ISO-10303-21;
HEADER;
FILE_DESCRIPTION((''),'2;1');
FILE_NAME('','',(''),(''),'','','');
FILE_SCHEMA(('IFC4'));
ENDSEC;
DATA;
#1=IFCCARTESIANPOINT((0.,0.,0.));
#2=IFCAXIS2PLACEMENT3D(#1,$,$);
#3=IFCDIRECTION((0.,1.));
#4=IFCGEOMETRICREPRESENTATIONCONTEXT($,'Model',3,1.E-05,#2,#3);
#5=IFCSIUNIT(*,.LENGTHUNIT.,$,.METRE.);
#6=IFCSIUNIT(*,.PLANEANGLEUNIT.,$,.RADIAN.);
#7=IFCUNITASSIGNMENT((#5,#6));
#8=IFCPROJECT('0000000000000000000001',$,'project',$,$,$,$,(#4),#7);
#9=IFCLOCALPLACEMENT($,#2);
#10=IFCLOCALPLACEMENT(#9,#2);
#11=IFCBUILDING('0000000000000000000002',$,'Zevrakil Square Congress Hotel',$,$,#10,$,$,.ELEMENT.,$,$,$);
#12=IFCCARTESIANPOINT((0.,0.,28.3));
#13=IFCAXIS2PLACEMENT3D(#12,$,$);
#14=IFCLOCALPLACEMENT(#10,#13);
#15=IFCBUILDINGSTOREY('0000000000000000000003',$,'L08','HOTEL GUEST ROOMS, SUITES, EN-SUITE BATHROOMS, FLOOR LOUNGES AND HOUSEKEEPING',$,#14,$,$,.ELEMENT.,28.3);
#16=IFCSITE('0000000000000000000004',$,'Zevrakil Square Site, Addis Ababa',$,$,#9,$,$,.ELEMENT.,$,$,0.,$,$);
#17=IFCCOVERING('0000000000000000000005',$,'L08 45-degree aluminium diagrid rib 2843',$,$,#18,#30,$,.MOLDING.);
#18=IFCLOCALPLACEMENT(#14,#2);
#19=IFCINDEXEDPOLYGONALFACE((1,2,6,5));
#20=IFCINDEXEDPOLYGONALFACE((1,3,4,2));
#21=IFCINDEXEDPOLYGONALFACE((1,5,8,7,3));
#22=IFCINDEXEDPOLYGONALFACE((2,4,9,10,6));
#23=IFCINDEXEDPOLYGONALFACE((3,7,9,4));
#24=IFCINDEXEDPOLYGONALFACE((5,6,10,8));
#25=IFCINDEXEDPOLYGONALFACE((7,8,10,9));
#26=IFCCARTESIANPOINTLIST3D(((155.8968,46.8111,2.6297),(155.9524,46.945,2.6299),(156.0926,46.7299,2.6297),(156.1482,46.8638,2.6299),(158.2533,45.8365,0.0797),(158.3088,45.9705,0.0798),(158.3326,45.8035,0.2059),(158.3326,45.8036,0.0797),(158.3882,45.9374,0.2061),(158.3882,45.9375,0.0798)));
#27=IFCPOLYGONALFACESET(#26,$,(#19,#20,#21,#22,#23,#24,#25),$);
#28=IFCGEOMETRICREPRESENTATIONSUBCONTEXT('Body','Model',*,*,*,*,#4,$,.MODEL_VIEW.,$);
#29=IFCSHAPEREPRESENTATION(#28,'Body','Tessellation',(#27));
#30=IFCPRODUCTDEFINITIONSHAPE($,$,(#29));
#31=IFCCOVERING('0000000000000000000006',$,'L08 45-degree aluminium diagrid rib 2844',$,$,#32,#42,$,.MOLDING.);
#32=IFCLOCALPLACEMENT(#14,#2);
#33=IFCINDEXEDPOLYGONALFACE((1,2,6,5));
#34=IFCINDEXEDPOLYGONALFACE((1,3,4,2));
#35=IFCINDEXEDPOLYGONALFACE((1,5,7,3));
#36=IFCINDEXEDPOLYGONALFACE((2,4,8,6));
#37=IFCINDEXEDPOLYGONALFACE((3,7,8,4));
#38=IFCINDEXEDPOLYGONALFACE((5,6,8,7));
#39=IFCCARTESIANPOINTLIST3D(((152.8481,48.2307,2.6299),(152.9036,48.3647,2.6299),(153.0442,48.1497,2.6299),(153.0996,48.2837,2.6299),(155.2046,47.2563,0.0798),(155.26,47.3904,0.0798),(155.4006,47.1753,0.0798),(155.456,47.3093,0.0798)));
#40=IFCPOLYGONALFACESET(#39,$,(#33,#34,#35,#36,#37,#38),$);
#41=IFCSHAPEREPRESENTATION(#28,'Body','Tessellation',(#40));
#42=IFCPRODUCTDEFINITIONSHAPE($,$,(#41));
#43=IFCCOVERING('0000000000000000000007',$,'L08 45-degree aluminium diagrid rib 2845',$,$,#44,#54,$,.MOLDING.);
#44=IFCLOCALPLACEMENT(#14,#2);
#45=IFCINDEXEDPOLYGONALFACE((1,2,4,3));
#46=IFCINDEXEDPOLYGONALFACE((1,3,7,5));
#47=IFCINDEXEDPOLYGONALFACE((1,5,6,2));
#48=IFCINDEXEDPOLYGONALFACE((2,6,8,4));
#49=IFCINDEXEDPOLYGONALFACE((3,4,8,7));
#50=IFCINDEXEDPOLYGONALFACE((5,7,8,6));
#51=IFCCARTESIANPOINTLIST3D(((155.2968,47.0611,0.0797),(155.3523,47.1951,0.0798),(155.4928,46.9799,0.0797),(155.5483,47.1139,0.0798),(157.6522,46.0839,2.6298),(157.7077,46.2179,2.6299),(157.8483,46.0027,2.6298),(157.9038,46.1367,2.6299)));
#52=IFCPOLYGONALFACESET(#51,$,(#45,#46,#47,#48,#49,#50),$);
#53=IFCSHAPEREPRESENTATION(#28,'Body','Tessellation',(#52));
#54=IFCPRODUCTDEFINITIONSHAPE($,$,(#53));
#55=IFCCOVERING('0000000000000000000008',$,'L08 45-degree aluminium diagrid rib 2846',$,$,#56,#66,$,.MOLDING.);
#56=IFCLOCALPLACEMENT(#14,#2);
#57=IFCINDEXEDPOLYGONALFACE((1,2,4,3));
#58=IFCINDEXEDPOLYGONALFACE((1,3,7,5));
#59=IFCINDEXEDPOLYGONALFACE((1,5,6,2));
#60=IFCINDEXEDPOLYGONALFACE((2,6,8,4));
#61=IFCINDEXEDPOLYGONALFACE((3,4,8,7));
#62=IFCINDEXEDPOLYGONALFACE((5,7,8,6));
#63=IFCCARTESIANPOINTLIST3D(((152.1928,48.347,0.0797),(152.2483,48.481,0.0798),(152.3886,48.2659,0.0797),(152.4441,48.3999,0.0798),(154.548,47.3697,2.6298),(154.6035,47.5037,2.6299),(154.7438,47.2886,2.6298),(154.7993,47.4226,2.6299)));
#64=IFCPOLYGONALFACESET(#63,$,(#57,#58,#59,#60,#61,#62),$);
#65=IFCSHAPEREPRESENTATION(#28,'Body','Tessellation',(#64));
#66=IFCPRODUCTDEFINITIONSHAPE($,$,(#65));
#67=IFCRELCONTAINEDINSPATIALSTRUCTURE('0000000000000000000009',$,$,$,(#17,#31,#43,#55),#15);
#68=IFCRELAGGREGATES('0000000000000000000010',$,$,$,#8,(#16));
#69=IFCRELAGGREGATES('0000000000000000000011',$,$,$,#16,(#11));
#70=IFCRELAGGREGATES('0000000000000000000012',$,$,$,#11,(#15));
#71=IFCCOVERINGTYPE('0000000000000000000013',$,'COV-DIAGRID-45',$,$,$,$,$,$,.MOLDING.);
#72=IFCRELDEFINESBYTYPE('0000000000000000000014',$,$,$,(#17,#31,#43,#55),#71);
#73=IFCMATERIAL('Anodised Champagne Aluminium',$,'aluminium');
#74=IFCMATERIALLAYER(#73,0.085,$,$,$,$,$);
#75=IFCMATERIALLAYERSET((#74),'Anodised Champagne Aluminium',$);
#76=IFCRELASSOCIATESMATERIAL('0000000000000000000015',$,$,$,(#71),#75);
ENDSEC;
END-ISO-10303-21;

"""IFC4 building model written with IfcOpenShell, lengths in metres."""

from ifc_helpers import new_model, si_unit, direction, frame, origin, place, context, subcontext, project, spatial, polyline, outline, extrude, material, layer, layer_set, type_object, element, save


model = new_model("IFC4")

# Units and contexts
model_context = context("Model", 3, precision=1e-05, world=origin(), true_north=direction((0.0, 1.0)))
body_context = subcontext(model_context, "Body", "Model", "MODEL_VIEW")
ifc_project = project(units=[si_unit("LENGTHUNIT", "METRE"), si_unit("PLANEANGLEUNIT", "RADIAN")], contexts=[model_context])

# Site, building, storey
site_placement = place(None, origin())
site = spatial("IfcSite", under=ifc_project, at=site_placement, Name="Zevrakil Square Site, Addis Ababa", CompositionType="ELEMENT", RefElevation=0.0)
building_placement = place(site_placement, origin())
building = spatial("IfcBuilding", under=site, at=building_placement, Name="Zevrakil Square Congress Hotel", CompositionType="ELEMENT")
storey_placement = place(building_placement, frame((0.0, 0.0, 28.3)))
storey = spatial("IfcBuildingStorey", under=building, at=storey_placement, Name="L08", Description="HOTEL GUEST ROOMS, SUITES, EN-SUITE BATHROOMS, FLOOR LOUNGES AND HOUSEKEEPING", CompositionType="ELEMENT", Elevation=28.3)

# Coverings
ifc_material_1 = material(Name="Anodised Champagne Aluminium", Category="aluminium")
ifc_layer_1 = layer(ifc_material_1, 0.085)
ifc_layer_set_1 = layer_set([ifc_layer_1], Name="Anodised Champagne Aluminium")
covering_type_1 = type_object("IfcCoveringType", Name="COV-DIAGRID-45", PredefinedType="MOLDING", material=ifc_layer_set_1)
covering_1_placement = place(storey_placement, frame((158.3088, 45.9705, 0.0798), z_axis=(0.383114, 0.9237, 0.001013), x_axis=(0.923701, -0.383114, 0.000001)))
element("IfcCovering", 1, at=covering_1_placement, inside=storey, type_object=covering_type_1, Name="L08 45-degree aluminium diagrid rib 2843", PredefinedType="MOLDING", context=body_context, shape_type="SweptSolid", body=[
    extrude(outline(polyline([(0.0, 0.0), (0.0859, 0.0), (0.0859, -0.1262), (-2.338, -2.5501), (-2.55, -2.5501), (0.0, 0.0)])), origin(), (0.0, 0.0, -1.0), 0.145),
])
covering_2_placement = place(storey_placement, frame((155.2046, 47.2563, 0.0798), z_axis=(-0.382081, -0.924129, 0.000034), x_axis=(0.924129, -0.382081, 0.0)))
element("IfcCovering", 2, at=covering_2_placement, inside=storey, type_object=covering_type_1, Name="L08 45-degree aluminium diagrid rib 2844", PredefinedType="MOLDING", context=body_context, shape_type="SweptSolid", body=[
    extrude(outline(polyline([(0.0, 0.0), (0.2121, 0.0), (-2.3378, 2.55), (-2.5499, 2.55), (0.0, 0.0)])), origin(), (0.0, 0.0, -1.0), 0.145),
])
covering_3_placement = place(storey_placement, frame((157.9038, 46.1367, 2.6299), z_axis=(0.382572, 0.923925, 0.000666), x_axis=(-0.923926, 0.382572, 0.0)))
element("IfcCovering", 3, at=covering_3_placement, inside=storey, type_object=covering_type_1, Name="L08 45-degree aluminium diagrid rib 2845", PredefinedType="MOLDING", context=body_context, shape_type="SweptSolid", body=[
    extrude(outline(polyline([(0.0, 0.0), (0.2122, 0.0), (2.7623, -2.55), (2.5502, -2.55), (0.0, 0.0)])), origin(), (0.0, 0.0, -1.0), 0.145),
])
covering_4_placement = place(storey_placement, frame((154.7993, 47.4226, 2.6299), z_axis=(0.382487, 0.92396, 0.000838), x_axis=(-0.923961, 0.382487, 0.0)))
element("IfcCovering", 4, at=covering_4_placement, inside=storey, type_object=covering_type_1, Name="L08 45-degree aluminium diagrid rib 2846", PredefinedType="MOLDING", context=body_context, shape_type="SweptSolid", body=[
    extrude(outline(polyline([(0.0, 0.0), (0.2119, 0.0), (2.7619, -2.55), (2.5499, -2.55), (0.0, 0.0)])), origin(), (0.0, 0.0, -1.0), 0.145),
])

save(model, "model.ifc")
